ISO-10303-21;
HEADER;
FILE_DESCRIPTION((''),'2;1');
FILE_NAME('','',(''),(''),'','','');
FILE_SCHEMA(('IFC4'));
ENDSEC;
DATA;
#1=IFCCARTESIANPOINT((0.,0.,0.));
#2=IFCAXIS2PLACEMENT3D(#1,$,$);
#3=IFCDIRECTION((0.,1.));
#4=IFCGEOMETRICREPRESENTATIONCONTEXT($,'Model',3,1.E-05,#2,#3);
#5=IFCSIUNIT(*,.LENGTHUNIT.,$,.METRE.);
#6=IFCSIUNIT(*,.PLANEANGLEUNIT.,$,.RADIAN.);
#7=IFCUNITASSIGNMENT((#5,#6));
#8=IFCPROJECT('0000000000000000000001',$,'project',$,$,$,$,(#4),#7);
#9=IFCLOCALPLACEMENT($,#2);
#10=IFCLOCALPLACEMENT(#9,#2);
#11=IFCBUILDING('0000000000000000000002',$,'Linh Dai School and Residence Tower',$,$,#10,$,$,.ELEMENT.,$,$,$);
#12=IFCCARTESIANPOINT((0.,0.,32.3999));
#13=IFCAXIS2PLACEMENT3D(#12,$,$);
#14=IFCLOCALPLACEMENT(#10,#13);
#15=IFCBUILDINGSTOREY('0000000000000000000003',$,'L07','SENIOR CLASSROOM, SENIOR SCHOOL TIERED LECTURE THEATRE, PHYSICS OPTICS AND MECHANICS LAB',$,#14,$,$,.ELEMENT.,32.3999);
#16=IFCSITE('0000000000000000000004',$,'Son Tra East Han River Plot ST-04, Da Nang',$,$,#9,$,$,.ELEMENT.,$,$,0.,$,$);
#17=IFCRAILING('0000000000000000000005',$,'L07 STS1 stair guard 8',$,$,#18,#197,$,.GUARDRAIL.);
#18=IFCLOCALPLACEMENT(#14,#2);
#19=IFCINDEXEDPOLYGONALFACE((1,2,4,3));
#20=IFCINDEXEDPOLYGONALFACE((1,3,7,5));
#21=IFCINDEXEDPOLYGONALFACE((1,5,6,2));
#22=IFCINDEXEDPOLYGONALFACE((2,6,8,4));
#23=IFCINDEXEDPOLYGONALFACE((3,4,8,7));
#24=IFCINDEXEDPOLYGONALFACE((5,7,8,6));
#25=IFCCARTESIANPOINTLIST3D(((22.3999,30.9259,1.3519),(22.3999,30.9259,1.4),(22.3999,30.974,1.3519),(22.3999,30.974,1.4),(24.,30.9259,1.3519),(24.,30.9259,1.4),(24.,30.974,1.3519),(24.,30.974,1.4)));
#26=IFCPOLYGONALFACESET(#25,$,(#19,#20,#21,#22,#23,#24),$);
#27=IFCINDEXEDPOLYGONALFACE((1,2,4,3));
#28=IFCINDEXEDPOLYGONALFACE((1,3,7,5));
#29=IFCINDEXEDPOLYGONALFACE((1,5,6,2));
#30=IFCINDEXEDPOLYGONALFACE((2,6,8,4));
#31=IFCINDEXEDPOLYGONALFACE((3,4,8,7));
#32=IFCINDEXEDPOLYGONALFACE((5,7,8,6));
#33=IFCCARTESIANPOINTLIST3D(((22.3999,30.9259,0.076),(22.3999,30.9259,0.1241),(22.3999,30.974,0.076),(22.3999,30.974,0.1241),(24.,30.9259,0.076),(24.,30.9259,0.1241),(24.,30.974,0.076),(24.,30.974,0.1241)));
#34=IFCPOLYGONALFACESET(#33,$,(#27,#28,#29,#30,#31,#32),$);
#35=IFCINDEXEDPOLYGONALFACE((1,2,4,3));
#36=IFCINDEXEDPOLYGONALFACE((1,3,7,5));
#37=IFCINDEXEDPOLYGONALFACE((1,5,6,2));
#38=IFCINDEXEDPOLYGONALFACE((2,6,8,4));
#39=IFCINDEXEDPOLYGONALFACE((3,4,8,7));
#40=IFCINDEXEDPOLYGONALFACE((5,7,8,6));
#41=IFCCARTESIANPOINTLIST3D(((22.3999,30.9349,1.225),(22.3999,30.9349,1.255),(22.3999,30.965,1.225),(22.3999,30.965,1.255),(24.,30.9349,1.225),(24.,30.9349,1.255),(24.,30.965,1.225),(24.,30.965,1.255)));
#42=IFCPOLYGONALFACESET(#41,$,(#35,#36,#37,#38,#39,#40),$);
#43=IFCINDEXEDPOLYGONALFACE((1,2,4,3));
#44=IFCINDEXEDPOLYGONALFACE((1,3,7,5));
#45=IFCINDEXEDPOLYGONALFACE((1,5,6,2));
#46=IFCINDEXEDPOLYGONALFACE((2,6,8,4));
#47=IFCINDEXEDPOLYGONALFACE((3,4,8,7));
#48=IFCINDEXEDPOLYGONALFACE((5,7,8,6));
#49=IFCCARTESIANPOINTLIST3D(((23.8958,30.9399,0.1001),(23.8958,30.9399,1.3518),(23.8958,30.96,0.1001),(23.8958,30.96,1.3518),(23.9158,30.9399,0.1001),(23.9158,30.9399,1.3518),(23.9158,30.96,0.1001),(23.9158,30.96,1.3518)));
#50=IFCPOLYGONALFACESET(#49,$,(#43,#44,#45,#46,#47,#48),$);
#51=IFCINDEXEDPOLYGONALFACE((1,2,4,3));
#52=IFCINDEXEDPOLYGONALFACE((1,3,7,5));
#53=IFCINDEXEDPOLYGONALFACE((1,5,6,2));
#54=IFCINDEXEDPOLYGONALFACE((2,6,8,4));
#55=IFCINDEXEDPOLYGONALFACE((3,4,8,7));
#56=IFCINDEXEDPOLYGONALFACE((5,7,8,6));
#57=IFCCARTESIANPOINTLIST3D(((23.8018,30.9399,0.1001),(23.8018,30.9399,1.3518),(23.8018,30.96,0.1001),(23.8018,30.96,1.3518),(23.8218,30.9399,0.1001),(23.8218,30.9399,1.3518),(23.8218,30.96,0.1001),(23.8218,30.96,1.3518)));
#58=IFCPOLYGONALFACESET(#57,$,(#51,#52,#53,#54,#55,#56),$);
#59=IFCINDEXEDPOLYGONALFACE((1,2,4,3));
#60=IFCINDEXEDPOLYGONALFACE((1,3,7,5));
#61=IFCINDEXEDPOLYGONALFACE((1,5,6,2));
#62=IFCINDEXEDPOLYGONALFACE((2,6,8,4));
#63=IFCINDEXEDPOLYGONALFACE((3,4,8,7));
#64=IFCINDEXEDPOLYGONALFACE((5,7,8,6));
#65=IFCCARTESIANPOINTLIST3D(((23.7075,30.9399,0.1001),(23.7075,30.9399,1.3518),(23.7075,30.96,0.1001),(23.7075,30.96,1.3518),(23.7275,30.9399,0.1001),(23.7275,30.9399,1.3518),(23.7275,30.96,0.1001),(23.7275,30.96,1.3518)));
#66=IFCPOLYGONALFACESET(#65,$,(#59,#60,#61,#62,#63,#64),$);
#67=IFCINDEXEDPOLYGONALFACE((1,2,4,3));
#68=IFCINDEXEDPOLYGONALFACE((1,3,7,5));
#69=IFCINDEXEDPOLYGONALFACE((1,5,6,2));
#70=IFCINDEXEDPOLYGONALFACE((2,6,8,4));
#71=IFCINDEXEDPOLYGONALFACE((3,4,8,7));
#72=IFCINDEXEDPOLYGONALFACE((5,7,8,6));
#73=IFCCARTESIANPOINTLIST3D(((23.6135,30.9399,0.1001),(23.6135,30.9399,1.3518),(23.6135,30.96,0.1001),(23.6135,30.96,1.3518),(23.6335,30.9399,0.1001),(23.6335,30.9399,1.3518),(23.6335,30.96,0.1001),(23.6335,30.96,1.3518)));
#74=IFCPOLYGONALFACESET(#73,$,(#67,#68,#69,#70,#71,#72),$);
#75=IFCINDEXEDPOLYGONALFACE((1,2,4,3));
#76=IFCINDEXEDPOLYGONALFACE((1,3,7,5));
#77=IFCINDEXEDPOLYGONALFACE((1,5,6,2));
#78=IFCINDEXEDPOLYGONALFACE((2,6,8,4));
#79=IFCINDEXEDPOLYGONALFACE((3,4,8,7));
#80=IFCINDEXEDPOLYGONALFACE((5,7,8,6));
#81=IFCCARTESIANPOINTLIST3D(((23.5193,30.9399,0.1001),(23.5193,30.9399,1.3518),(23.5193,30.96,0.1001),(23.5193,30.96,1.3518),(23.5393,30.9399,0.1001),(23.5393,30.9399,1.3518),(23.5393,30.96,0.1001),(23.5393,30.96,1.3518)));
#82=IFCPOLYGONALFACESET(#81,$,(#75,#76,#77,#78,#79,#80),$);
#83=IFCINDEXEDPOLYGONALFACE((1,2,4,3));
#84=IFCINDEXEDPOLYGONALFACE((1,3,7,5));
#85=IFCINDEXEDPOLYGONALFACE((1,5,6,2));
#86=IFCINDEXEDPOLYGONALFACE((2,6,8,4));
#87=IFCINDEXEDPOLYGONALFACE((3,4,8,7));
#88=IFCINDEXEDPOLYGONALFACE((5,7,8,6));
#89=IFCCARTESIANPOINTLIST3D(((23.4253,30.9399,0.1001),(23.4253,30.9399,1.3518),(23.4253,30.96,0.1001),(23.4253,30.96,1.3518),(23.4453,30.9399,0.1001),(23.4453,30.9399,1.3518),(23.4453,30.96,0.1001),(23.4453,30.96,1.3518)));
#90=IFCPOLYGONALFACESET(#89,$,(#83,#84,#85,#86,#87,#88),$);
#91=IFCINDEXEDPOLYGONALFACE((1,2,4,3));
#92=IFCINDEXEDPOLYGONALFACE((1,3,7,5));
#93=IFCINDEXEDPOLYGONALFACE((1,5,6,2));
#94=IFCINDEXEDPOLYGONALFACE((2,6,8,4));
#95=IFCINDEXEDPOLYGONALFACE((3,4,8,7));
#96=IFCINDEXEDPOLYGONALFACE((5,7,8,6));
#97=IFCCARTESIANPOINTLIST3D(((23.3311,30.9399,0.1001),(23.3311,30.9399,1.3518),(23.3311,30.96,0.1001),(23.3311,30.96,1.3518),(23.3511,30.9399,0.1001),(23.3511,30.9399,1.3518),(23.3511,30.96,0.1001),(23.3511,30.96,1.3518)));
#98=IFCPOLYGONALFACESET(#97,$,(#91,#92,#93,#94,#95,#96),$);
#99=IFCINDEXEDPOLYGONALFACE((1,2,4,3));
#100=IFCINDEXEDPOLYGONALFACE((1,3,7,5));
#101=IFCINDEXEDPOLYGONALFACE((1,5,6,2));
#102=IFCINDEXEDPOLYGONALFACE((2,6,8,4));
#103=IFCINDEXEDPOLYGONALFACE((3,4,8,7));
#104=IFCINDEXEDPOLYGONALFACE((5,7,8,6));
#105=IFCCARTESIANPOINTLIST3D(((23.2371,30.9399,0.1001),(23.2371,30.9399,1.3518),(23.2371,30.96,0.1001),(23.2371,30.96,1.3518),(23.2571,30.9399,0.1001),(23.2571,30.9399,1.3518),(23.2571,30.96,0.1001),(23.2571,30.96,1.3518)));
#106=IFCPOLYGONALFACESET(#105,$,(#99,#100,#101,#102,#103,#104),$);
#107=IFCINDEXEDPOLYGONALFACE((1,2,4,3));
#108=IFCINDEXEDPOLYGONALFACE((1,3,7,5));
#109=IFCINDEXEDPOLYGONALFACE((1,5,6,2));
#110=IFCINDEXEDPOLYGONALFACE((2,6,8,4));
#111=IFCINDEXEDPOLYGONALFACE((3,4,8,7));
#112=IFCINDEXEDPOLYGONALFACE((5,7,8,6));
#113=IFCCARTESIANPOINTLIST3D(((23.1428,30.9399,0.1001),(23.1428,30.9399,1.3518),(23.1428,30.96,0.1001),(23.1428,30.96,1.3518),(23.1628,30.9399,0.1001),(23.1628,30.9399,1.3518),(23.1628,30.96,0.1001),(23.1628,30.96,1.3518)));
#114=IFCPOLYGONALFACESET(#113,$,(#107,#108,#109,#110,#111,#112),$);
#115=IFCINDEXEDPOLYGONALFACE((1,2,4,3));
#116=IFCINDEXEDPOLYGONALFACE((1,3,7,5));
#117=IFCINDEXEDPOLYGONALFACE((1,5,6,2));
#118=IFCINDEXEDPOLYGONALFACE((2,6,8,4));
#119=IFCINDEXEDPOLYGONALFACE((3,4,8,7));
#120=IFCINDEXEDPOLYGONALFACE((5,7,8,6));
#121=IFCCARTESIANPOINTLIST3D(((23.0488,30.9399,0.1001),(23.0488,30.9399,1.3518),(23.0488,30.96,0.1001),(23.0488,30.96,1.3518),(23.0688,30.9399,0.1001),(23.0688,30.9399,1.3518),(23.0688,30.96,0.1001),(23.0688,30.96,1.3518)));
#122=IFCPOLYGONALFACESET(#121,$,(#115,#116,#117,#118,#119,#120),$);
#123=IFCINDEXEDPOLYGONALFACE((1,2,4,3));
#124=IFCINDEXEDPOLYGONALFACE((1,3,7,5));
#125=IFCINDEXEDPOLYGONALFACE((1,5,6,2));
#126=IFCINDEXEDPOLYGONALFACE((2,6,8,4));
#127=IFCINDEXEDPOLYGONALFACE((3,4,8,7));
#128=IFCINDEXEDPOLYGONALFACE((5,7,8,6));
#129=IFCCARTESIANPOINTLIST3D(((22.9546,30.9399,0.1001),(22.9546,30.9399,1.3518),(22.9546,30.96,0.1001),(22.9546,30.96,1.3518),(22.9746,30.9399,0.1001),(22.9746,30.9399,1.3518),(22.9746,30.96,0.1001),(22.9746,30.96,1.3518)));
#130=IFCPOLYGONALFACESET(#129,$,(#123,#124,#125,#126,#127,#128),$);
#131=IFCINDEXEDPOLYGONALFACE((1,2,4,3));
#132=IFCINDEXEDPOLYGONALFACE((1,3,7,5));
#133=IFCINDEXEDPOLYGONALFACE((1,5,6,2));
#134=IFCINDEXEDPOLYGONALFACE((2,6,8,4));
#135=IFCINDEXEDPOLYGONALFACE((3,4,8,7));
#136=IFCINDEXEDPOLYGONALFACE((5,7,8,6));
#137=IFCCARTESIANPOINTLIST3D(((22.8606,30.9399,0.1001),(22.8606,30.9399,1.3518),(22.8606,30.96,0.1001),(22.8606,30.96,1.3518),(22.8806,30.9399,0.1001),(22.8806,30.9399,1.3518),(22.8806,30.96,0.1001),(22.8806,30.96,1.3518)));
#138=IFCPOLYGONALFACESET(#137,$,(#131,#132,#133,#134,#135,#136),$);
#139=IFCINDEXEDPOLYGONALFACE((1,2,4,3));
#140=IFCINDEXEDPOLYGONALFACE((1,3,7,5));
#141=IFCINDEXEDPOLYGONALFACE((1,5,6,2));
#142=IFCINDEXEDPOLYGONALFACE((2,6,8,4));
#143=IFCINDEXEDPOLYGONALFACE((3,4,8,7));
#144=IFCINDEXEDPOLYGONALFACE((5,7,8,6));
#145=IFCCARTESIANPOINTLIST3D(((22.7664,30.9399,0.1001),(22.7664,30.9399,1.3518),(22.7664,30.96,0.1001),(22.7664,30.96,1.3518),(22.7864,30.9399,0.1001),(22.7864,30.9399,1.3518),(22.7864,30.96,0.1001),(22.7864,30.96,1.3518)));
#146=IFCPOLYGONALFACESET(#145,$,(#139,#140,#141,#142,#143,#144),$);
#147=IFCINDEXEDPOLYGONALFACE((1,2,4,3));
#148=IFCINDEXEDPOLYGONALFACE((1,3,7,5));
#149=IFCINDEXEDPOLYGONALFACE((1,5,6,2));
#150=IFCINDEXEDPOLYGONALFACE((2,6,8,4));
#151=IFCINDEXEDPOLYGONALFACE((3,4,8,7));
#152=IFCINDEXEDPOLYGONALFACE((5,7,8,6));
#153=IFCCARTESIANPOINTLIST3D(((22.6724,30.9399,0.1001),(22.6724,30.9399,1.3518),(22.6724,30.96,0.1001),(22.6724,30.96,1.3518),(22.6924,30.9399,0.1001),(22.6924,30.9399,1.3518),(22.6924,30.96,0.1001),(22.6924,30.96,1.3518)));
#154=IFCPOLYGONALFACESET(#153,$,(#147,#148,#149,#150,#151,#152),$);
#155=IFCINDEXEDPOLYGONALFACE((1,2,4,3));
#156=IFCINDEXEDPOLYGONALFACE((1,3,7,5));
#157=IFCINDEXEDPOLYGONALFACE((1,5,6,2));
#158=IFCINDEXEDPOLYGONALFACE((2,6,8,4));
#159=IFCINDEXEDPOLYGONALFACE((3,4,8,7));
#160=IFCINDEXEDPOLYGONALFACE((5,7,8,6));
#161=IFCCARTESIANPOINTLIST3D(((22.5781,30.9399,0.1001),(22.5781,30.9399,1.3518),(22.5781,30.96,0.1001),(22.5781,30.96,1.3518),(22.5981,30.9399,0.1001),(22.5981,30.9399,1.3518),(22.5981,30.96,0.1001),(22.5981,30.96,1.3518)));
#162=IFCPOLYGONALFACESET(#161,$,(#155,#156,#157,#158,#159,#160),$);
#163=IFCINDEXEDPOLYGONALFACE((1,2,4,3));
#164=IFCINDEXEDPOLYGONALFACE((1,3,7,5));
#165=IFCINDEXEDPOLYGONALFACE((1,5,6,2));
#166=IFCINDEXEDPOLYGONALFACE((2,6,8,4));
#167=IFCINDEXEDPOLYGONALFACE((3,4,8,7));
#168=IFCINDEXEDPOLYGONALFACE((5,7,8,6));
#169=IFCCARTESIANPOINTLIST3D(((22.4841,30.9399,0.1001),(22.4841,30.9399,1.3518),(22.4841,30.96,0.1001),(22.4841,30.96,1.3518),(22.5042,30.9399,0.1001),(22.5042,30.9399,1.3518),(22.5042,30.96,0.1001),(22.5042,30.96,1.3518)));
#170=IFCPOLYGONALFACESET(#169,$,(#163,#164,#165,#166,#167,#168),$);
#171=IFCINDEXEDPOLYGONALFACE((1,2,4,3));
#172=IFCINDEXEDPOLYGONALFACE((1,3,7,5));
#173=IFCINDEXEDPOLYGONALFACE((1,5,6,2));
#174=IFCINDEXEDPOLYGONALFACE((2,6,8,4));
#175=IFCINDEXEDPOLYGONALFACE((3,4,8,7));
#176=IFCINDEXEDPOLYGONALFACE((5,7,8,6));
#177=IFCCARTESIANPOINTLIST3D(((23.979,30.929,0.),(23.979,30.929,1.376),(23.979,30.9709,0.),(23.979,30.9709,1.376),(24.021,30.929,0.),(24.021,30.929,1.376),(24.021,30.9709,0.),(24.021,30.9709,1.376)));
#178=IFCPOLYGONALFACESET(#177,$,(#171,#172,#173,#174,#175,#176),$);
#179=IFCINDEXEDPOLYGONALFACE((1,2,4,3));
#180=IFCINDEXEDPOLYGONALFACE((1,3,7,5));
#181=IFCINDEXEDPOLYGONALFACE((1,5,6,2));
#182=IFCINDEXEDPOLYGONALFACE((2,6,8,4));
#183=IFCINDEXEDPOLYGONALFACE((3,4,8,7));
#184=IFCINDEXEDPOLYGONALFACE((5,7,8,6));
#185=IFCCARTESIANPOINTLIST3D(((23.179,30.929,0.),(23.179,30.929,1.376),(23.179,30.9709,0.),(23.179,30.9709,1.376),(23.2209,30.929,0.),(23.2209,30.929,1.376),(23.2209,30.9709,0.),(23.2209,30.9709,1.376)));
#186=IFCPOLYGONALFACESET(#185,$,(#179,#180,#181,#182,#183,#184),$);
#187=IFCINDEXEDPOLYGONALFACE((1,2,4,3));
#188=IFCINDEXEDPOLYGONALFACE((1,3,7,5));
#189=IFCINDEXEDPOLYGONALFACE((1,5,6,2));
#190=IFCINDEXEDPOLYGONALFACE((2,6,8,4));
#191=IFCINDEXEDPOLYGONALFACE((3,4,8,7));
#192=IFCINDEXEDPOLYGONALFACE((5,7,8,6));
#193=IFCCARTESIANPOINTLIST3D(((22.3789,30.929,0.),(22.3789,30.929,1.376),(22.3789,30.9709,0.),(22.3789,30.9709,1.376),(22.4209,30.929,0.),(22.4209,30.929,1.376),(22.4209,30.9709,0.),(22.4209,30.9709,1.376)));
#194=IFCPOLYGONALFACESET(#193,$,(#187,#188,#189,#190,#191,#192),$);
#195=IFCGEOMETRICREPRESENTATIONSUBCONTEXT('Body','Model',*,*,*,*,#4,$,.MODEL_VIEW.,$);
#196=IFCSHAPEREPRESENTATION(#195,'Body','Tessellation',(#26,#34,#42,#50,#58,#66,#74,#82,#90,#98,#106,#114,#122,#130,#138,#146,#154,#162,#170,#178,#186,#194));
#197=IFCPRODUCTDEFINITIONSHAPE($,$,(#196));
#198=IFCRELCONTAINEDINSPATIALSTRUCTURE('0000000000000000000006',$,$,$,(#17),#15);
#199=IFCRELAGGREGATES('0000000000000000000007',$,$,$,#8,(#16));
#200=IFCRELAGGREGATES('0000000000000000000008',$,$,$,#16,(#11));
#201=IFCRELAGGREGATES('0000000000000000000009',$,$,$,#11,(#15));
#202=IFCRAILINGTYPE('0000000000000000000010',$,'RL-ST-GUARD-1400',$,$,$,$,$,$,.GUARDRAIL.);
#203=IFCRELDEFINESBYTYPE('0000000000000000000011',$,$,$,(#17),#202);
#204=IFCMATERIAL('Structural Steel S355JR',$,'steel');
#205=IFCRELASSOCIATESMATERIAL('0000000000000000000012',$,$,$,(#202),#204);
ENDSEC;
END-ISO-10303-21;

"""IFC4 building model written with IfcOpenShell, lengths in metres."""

from ifc_helpers import new_model, si_unit, direction, frame, origin, origin_2d, place, context, subcontext, project, spatial, rectangle, extrude, source, transform, mapped, material, type_object, element, save


model = new_model("IFC4")

# Units and contexts
model_context = context("Model", 3, precision=1e-05, world=origin(), true_north=direction((0.0, 1.0)))
body_context = subcontext(model_context, "Body", "Model", "MODEL_VIEW")
ifc_project = project(units=[si_unit("LENGTHUNIT", "METRE"), si_unit("PLANEANGLEUNIT", "RADIAN")], contexts=[model_context])

# Site, building, storey
site_placement = place(None, origin())
site = spatial("IfcSite", under=ifc_project, at=site_placement, Name="Son Tra East Han River Plot ST-04, Da Nang", CompositionType="ELEMENT", RefElevation=0.0)
building_placement = place(site_placement, origin())
building = spatial("IfcBuilding", under=site, at=building_placement, Name="Linh Dai School and Residence Tower", CompositionType="ELEMENT")
storey_placement = place(building_placement, frame((0.0, 0.0, 32.3999)))
storey = spatial("IfcBuildingStorey", under=building, at=storey_placement, Name="L07", Description="SENIOR CLASSROOM, SENIOR SCHOOL TIERED LECTURE THEATRE, PHYSICS OPTICS AND MECHANICS LAB", CompositionType="ELEMENT", Elevation=32.3999)

# Shared definitions
ifc_material_1 = material(Name="Structural Steel S355JR", Category="steel")

# Railing
railing_type_1 = type_object("IfcRailingType", Name="RL-ST-GUARD-1400", PredefinedType="GUARDRAIL", material=ifc_material_1)
shared_shape_1 = source(origin(), body_context, "Body", "SweptSolid", [
    extrude(rectangle(XDim=0.0481, YDim=0.0481, at=origin_2d()), frame((0.0, 0.0, 1.376), z_axis=(-1.0, 0.0, 0.0), x_axis=(0.0, -1.0, 0.0)), (0.0, 0.0, 1.0), 1.6001),
    extrude(rectangle(XDim=0.0481, YDim=0.0481, at=origin_2d()), frame((0.0, 0.0, 0.1001), z_axis=(-1.0, 0.0, 0.0), x_axis=(0.0, -1.0, 0.0)), (0.0, 0.0, 1.0), 1.6001),
    extrude(rectangle(XDim=0.03, YDim=0.03, at=origin_2d()), frame((0.0, 0.0, 1.24), z_axis=(-1.0, 0.0, 0.0), x_axis=(0.0, -1.0, 0.0)), (0.0, 0.0, 1.0), 1.6001),
    extrude(rectangle(XDim=0.02, YDim=0.02, at=origin_2d()), frame((-0.0942, 0.0, 0.1001)), (0.0, 0.0, 1.0), 1.2517),
    extrude(rectangle(XDim=0.02, YDim=0.02, at=origin_2d()), frame((-0.1882, 0.0, 0.1001)), (0.0, 0.0, 1.0), 1.2517),
    extrude(rectangle(XDim=0.02, YDim=0.02, at=origin_2d()), frame((-0.2825, 0.0, 0.1001)), (0.0, 0.0, 1.0), 1.2517),
    extrude(rectangle(XDim=0.02, YDim=0.02, at=origin_2d()), frame((-0.3765, 0.0, 0.1001)), (0.0, 0.0, 1.0), 1.2517),
    extrude(rectangle(XDim=0.02, YDim=0.02, at=origin_2d()), frame((-0.4707, 0.0, 0.1001)), (0.0, 0.0, 1.0), 1.2517),
    extrude(rectangle(XDim=0.02, YDim=0.02, at=origin_2d()), frame((-0.5647, 0.0, 0.1001)), (0.0, 0.0, 1.0), 1.2517),
    extrude(rectangle(XDim=0.02, YDim=0.02, at=origin_2d()), frame((-0.6589, 0.0, 0.1001)), (0.0, 0.0, 1.0), 1.2517),
    extrude(rectangle(XDim=0.02, YDim=0.02, at=origin_2d()), frame((-0.7529, 0.0, 0.1001)), (0.0, 0.0, 1.0), 1.2517),
    extrude(rectangle(XDim=0.02, YDim=0.02, at=origin_2d()), frame((-0.8472, 0.0, 0.1001)), (0.0, 0.0, 1.0), 1.2517),
    extrude(rectangle(XDim=0.02, YDim=0.02, at=origin_2d()), frame((-0.9412, 0.0, 0.1001)), (0.0, 0.0, 1.0), 1.2517),
    extrude(rectangle(XDim=0.02, YDim=0.02, at=origin_2d()), frame((-1.0354, 0.0, 0.1001)), (0.0, 0.0, 1.0), 1.2517),
    extrude(rectangle(XDim=0.02, YDim=0.02, at=origin_2d()), frame((-1.1294, 0.0, 0.1001)), (0.0, 0.0, 1.0), 1.2517),
    extrude(rectangle(XDim=0.02, YDim=0.02, at=origin_2d()), frame((-1.2236, 0.0, 0.1001)), (0.0, 0.0, 1.0), 1.2517),
    extrude(rectangle(XDim=0.02, YDim=0.02, at=origin_2d()), frame((-1.3176, 0.0, 0.1001)), (0.0, 0.0, 1.0), 1.2517),
    extrude(rectangle(XDim=0.02, YDim=0.02, at=origin_2d()), frame((-1.4119, 0.0, 0.1001)), (0.0, 0.0, 1.0), 1.2517),
    extrude(rectangle(XDim=0.02, YDim=0.02, at=origin_2d()), frame((-1.5059, 0.0, 0.1001)), (0.0, 0.0, 1.0), 1.2517),
    extrude(rectangle(XDim=0.042, YDim=0.042, at=origin_2d()), origin(), (0.0, 0.0, 1.0), 1.376),
    extrude(rectangle(XDim=0.042, YDim=0.042, at=origin_2d()), frame((-0.8, 0.0, 0.0)), (0.0, 0.0, 1.0), 1.376),
    extrude(rectangle(XDim=0.042, YDim=0.042, at=origin_2d()), frame((-1.6001, 0.0, 0.0)), (0.0, 0.0, 1.0), 1.376),
])
for number, where, name in (
    (1, (24.0, 30.95, 0.0), "L07 STS1 stair guard 8"),
):
    element("IfcRailing", number, at=place(storey_placement, frame(where)), inside=storey, type_object=railing_type_1, Name=name, PredefinedType="GUARDRAIL", context=body_context, shape_type="MappedRepresentation", body=[
        mapped(shared_shape_1, transform((0.0, 0.0, 0.0), x_axis=(1.0, 0.0, 0.0), y_axis=(0.0, 1.0, 0.0), z_axis=(0.0, 0.0, 1.0), scale=1.0)),
    ])

save(model, "model.ifc")
